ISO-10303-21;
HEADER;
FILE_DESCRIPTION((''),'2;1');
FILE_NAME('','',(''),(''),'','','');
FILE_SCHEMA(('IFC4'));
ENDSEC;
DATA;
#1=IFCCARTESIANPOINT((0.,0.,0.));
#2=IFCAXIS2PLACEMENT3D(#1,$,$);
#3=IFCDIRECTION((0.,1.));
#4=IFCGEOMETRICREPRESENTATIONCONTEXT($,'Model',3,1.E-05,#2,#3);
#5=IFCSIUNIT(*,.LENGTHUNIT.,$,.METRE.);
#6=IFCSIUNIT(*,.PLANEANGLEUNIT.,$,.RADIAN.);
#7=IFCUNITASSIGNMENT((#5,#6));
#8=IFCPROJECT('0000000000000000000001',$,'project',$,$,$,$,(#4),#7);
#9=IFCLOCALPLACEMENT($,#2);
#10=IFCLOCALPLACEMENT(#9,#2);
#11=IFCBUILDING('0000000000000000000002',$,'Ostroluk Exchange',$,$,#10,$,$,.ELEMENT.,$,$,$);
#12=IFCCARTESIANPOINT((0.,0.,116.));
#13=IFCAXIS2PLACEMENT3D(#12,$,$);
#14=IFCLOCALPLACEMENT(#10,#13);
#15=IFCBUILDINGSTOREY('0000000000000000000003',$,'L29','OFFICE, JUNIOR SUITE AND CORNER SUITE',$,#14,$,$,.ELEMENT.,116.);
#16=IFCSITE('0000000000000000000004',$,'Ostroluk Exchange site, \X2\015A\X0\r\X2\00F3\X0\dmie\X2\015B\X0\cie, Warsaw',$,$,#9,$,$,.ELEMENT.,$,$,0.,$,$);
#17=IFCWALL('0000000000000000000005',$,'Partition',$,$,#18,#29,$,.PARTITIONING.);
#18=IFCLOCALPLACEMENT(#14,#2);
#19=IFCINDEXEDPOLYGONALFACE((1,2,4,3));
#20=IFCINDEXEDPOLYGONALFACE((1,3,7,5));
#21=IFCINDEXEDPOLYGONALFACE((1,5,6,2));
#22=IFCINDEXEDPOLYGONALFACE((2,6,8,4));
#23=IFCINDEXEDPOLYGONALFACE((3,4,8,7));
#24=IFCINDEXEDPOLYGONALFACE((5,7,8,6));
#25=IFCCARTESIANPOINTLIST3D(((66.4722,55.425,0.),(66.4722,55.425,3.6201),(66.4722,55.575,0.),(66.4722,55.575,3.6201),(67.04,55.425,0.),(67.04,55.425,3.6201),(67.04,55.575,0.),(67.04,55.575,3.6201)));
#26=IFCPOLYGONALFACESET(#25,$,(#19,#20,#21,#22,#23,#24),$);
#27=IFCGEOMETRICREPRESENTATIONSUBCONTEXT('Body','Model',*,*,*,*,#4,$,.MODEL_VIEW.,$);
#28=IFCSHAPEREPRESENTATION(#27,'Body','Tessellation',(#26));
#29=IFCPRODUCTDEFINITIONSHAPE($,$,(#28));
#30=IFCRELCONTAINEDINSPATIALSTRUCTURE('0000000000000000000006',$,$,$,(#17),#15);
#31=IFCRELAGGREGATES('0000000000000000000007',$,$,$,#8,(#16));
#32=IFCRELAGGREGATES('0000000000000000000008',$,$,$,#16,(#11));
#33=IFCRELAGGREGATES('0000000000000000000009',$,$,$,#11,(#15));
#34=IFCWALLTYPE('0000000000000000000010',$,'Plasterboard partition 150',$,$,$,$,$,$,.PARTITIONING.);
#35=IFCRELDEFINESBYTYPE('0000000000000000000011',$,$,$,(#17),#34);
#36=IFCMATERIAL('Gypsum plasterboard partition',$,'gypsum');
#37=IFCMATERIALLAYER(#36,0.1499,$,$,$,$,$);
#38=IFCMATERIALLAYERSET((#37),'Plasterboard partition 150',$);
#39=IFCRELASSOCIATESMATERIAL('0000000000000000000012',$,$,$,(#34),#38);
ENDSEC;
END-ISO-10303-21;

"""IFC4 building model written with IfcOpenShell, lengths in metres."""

from ifc_helpers import new_model, si_unit, direction, frame, frame_2d, origin, place, context, subcontext, project, spatial, rectangle, extrude, material, layer, layer_set, type_object, element, save


model = new_model("IFC4")

# Units and contexts
model_context = context("Model", 3, precision=1e-05, world=origin(), true_north=direction((0.0, 1.0)))
body_context = subcontext(model_context, "Body", "Model", "MODEL_VIEW")
ifc_project = project(units=[si_unit("LENGTHUNIT", "METRE"), si_unit("PLANEANGLEUNIT", "RADIAN")], contexts=[model_context])

# Site, building, storey
site_placement = place(None, origin())
site = spatial("IfcSite", under=ifc_project, at=site_placement, Name="Ostroluk Exchange site, Śródmieście, Warsaw", CompositionType="ELEMENT", RefElevation=0.0)
building_placement = place(site_placement, origin())
building = spatial("IfcBuilding", under=site, at=building_placement, Name="Ostroluk Exchange", CompositionType="ELEMENT")
storey_placement = place(building_placement, frame((0.0, 0.0, 116.0)))
storey = spatial("IfcBuildingStorey", under=building, at=storey_placement, Name="L29", Description="OFFICE, JUNIOR SUITE AND CORNER SUITE", CompositionType="ELEMENT", Elevation=116.0)

# Shared definitions
ifc_material_1 = material(Name="Gypsum plasterboard partition", Category="gypsum")
ifc_layer_1 = layer(ifc_material_1, 0.1499)
ifc_layer_set_1 = layer_set([ifc_layer_1], Name="Plasterboard partition 150")
wall_type = type_object("IfcWallType", Name="Plasterboard partition 150", PredefinedType="PARTITIONING", material=ifc_layer_set_1)

# Wall
wall_1_placement = place(storey_placement, frame((66.4722, 55.5, 0.0), z_axis=(0.0, 0.0, 1.0), x_axis=(1.0, 0.0, 0.0)))
element("IfcWall", 1, at=wall_1_placement, inside=storey, type_object=wall_type, Name="Partition", PredefinedType="PARTITIONING", context=body_context, shape_type="SweptSolid", body=[
    extrude(rectangle(XDim=0.5679, YDim=0.1499, at=frame_2d((0.2839, 0.0))), origin(), (0.0, 0.0, 1.0), 3.6201),
])

save(model, "model.ifc")
